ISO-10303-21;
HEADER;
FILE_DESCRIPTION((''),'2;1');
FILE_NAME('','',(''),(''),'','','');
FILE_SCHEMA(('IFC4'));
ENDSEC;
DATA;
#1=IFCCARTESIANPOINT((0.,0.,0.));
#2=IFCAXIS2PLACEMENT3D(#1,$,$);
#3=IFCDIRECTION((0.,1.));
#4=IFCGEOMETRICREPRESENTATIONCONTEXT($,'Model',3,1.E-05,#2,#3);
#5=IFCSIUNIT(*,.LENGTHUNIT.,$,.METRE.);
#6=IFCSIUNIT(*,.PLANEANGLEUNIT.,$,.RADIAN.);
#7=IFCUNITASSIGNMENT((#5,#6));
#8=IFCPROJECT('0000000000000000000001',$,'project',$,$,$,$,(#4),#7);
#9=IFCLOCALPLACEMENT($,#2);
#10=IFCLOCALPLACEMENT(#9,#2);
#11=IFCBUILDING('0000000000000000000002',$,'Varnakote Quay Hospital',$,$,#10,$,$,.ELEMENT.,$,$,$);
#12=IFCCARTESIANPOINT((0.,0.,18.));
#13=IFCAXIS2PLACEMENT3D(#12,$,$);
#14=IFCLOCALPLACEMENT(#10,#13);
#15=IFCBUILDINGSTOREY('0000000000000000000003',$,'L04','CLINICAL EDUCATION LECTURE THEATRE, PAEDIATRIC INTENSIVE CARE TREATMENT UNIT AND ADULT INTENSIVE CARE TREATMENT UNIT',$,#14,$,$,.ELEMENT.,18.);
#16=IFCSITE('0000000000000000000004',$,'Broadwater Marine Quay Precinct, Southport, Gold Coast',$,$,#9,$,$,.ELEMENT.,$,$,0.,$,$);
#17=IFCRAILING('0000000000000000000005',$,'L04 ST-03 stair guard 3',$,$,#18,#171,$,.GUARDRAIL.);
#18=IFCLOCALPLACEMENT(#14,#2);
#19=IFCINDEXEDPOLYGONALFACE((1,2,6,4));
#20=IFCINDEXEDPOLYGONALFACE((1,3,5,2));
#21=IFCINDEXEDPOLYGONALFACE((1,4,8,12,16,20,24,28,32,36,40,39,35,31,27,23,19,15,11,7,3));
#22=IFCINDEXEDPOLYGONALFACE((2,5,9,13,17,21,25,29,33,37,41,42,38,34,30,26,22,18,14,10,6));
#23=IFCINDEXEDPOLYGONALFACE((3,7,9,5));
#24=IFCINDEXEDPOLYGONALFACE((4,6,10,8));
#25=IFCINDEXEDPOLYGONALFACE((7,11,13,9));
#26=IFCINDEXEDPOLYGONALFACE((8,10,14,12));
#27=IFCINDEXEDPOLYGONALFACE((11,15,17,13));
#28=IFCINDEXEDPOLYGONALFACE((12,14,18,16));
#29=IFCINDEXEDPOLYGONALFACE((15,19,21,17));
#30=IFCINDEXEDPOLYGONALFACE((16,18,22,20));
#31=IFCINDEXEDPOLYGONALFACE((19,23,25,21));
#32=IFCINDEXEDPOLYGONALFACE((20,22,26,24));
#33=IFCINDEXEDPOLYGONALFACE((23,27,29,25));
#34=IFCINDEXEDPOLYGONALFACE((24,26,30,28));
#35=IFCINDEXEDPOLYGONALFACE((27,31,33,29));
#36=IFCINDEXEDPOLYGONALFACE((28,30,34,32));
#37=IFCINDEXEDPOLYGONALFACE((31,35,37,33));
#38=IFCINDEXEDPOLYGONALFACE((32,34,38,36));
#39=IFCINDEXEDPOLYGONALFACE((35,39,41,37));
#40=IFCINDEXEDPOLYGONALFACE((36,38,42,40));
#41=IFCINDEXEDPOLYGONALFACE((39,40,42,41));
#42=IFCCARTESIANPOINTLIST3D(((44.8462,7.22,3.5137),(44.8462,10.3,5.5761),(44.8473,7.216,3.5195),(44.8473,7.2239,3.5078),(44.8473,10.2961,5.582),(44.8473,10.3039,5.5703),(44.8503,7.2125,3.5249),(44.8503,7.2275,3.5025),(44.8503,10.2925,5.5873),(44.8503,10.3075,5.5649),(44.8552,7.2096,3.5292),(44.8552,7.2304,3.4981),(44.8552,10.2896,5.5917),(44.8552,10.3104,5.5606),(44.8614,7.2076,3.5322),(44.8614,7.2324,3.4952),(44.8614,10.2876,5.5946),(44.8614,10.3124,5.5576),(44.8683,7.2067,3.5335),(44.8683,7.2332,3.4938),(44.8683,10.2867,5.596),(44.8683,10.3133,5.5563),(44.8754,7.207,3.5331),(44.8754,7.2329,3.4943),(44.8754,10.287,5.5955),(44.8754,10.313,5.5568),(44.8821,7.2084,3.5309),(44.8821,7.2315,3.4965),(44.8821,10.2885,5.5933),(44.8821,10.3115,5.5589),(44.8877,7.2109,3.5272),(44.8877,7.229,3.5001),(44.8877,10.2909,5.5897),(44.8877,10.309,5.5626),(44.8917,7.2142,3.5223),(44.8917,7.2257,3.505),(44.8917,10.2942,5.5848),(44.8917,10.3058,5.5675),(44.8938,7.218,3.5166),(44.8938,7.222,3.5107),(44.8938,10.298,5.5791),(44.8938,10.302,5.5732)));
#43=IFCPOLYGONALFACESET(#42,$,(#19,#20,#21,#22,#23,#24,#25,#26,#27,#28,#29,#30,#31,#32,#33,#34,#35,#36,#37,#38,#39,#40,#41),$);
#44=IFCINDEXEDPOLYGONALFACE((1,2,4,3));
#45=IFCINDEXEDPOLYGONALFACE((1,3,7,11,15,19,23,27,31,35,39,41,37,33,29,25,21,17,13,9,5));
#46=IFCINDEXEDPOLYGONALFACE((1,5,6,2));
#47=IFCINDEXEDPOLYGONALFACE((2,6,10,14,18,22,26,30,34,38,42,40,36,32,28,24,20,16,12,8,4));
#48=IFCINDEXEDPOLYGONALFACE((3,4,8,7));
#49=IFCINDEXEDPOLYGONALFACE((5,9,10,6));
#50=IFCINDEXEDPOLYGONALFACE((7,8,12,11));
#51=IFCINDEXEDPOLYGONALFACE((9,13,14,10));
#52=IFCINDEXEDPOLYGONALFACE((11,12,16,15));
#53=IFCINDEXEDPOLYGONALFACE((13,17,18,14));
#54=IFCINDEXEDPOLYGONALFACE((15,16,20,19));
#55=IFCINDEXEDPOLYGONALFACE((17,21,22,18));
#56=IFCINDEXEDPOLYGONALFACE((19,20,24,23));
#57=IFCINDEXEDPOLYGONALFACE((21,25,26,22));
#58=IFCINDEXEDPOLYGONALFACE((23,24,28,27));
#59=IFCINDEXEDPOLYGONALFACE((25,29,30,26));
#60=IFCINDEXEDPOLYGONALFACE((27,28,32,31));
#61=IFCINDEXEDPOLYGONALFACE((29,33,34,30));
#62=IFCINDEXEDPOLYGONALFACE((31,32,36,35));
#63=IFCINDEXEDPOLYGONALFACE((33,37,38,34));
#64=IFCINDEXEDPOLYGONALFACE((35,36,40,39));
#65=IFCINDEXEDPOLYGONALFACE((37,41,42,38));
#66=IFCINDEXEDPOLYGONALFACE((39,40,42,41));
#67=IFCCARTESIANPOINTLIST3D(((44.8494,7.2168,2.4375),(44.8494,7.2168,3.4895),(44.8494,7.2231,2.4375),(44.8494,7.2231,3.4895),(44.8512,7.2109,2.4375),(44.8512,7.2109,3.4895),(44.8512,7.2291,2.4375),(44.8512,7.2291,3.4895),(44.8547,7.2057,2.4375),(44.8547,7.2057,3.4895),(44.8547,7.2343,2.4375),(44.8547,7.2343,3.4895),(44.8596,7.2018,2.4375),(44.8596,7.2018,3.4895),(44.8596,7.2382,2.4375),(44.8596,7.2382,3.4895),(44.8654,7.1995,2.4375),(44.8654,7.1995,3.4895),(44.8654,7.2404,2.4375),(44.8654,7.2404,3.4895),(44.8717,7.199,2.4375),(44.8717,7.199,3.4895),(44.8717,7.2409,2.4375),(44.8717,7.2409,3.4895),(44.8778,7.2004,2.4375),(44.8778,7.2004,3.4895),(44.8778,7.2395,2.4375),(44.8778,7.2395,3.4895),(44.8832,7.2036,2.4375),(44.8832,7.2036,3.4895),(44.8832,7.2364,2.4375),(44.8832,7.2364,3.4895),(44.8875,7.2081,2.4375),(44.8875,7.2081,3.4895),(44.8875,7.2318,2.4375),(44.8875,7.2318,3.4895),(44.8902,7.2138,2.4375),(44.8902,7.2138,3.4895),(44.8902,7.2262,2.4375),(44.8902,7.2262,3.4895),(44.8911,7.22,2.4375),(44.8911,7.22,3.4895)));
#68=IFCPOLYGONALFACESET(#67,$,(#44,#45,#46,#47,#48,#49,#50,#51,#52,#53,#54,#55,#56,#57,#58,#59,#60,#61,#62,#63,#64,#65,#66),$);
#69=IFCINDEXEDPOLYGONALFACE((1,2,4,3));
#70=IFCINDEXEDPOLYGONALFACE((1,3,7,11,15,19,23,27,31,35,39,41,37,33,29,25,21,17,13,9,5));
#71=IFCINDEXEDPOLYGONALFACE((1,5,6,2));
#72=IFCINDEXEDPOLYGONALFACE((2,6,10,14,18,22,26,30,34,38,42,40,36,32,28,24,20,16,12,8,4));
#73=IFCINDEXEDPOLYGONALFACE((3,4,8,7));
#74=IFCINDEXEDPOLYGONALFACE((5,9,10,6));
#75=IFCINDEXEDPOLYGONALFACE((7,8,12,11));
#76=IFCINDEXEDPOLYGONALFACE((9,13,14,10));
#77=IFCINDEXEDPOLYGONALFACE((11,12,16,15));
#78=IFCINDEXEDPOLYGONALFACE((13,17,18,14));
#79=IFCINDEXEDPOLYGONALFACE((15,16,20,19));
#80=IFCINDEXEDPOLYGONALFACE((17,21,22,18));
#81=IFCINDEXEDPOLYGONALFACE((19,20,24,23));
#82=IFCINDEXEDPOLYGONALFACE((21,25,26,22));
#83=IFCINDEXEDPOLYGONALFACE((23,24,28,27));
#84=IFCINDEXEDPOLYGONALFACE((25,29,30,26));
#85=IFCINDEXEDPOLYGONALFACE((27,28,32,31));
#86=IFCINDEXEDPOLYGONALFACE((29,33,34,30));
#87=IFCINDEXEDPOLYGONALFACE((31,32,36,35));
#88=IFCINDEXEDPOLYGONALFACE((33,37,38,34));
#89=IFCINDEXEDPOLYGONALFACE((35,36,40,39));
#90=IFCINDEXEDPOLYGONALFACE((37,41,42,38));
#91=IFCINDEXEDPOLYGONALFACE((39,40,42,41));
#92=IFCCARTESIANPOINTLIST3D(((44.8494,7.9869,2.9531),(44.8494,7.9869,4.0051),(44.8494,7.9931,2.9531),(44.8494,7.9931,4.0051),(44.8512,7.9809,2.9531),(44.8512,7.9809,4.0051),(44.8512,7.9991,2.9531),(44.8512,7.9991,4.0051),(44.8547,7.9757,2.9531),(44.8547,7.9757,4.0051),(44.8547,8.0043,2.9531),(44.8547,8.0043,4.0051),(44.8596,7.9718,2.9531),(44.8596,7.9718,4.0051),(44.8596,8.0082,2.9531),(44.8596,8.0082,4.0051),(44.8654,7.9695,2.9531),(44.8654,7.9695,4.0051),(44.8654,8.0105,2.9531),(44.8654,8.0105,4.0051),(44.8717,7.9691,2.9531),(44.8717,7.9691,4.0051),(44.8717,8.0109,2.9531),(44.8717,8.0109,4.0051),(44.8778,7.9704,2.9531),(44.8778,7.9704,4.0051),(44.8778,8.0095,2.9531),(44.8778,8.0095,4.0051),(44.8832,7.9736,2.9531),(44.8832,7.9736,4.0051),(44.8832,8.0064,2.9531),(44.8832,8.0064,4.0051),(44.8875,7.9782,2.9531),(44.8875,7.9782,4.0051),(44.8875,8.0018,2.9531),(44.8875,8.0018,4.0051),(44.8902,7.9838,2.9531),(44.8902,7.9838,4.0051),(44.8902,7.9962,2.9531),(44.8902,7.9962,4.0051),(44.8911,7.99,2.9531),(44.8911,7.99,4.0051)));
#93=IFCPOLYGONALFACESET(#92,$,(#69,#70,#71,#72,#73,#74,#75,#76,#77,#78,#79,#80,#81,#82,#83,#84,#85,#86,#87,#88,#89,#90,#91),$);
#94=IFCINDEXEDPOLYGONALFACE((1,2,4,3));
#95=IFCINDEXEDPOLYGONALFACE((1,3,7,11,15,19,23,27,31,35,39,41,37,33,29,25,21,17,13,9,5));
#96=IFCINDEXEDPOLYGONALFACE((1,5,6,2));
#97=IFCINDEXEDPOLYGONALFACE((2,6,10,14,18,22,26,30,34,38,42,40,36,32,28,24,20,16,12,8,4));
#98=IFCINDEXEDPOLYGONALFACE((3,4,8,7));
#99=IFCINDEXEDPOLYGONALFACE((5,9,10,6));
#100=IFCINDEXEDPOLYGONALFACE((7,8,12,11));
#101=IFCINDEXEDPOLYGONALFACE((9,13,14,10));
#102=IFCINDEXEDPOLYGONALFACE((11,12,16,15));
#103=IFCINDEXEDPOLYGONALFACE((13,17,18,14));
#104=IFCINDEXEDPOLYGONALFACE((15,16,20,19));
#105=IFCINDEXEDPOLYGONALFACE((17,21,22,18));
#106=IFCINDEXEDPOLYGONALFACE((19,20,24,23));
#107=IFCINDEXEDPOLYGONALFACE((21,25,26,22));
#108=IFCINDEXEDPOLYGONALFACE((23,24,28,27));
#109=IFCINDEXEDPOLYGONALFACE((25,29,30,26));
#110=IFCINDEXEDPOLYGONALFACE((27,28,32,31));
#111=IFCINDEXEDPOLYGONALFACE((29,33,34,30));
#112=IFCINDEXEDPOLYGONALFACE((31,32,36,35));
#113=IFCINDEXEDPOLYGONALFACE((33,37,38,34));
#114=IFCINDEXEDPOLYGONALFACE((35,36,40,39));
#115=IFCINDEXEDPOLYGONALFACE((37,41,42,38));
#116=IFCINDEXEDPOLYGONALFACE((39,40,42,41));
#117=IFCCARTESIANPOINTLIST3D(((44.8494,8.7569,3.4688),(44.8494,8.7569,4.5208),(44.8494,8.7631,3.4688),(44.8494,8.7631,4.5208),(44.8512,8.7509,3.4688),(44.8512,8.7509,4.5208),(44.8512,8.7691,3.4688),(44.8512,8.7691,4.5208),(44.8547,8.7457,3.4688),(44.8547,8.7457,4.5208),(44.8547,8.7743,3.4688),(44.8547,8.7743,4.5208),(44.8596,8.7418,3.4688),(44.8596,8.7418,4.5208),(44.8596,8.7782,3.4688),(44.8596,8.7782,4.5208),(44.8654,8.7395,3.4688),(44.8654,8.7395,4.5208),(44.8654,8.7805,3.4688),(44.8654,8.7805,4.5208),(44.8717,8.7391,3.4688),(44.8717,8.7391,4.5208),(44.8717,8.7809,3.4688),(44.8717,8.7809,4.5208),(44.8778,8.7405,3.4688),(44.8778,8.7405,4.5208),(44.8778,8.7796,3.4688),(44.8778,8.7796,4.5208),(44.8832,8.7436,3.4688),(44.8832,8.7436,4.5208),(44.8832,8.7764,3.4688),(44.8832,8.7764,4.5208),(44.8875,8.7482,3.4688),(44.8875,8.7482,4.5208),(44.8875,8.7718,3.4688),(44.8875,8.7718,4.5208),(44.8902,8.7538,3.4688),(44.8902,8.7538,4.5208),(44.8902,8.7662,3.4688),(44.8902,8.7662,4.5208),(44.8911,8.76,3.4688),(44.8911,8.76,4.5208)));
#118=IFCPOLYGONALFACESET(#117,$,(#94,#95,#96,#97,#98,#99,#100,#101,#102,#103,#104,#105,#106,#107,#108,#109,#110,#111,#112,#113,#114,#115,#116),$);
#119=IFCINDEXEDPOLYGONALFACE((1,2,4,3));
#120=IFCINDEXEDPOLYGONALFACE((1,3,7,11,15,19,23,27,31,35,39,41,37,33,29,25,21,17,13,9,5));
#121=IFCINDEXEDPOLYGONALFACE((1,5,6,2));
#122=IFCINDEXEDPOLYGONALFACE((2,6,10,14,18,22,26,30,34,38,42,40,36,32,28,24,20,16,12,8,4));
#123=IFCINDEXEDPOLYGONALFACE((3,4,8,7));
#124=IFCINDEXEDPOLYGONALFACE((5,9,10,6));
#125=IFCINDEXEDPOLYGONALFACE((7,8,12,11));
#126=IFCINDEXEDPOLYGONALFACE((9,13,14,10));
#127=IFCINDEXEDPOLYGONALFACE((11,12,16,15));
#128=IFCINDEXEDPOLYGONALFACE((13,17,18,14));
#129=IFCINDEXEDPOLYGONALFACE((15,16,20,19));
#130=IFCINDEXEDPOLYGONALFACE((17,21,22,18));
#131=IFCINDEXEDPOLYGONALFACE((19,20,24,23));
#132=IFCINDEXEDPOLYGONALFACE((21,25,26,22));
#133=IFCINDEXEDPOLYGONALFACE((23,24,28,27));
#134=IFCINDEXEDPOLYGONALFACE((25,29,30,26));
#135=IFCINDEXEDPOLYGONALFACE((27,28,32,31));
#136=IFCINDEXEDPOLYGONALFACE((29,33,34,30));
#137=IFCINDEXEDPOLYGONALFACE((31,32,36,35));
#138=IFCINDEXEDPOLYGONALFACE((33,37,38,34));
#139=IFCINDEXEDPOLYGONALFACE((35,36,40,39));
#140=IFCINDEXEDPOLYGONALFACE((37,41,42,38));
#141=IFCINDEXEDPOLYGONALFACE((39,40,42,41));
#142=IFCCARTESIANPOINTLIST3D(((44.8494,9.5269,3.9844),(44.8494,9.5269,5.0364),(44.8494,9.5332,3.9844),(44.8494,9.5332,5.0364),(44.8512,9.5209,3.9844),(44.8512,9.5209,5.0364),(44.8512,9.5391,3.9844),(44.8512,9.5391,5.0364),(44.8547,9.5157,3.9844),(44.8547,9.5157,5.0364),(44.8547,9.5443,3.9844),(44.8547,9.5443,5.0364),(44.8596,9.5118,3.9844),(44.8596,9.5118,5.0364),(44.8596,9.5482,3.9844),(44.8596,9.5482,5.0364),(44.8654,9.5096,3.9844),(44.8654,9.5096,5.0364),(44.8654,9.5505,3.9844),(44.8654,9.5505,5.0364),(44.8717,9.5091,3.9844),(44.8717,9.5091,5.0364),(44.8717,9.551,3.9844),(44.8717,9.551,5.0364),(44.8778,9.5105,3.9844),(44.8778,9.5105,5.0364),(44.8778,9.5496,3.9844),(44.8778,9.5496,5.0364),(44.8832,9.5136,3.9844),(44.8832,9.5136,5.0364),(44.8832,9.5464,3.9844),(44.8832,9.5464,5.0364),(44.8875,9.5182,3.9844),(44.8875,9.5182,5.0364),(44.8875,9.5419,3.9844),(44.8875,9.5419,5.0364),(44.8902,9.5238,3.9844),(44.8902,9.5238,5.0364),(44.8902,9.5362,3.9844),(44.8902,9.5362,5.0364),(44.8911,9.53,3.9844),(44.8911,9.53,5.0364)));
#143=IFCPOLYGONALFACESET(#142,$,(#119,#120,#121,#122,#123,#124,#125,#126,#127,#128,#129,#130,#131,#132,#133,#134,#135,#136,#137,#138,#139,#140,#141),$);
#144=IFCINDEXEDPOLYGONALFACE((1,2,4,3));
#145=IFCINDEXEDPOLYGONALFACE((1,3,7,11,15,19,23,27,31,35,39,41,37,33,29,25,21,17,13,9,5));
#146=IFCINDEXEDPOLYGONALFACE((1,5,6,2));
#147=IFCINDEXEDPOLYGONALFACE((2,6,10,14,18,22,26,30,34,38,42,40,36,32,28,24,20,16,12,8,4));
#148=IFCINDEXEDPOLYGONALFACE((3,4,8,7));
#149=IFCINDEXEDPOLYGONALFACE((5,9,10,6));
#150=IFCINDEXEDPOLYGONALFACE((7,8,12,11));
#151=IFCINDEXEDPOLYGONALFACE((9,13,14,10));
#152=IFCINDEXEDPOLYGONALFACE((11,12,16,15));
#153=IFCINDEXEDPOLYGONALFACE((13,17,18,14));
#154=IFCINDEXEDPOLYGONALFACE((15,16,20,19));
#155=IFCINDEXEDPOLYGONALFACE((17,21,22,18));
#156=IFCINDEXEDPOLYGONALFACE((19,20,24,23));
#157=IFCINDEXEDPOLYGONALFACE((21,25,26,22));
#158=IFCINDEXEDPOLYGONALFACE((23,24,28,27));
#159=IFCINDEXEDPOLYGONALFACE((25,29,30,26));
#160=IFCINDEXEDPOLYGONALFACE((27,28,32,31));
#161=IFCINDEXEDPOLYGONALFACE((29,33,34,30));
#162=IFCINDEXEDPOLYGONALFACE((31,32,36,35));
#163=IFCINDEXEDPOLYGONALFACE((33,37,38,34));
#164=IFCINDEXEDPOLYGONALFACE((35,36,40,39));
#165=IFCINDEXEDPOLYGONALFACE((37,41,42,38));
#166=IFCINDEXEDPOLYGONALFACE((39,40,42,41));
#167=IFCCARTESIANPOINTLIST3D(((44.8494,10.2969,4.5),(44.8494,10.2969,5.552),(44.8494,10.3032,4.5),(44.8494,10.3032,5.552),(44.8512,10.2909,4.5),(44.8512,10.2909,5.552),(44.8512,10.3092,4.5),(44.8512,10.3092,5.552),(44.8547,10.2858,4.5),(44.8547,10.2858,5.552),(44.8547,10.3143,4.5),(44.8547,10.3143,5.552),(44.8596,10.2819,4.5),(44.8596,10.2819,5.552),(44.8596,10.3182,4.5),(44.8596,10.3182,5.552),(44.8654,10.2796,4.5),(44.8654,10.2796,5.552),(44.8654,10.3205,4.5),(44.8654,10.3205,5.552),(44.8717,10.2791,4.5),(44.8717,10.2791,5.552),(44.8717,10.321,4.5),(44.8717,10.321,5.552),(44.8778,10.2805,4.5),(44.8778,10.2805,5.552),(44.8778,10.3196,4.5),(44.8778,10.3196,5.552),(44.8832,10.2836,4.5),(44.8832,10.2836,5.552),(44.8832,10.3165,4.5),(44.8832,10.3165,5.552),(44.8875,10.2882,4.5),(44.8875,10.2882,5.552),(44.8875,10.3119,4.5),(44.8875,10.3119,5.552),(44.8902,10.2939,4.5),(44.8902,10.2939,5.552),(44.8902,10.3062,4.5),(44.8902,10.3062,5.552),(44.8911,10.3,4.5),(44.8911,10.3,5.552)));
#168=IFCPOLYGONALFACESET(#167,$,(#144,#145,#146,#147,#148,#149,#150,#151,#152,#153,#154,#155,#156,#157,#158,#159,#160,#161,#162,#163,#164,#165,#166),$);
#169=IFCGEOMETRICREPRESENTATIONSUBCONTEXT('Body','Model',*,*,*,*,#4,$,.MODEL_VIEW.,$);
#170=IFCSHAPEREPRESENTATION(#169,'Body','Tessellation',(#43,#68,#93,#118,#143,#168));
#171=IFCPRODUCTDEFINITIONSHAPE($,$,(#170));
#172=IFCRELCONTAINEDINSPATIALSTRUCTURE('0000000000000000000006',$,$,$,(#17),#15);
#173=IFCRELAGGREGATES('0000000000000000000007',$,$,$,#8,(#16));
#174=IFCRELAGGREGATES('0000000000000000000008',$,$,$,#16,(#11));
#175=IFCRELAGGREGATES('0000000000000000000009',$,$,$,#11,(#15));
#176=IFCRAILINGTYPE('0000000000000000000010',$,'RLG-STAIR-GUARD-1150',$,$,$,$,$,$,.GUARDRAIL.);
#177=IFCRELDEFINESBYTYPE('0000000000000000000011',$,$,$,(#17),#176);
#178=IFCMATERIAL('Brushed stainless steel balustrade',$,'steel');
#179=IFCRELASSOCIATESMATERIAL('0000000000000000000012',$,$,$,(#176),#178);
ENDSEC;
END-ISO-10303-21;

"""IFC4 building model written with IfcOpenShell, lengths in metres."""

from ifc_helpers import new_model, si_unit, direction, frame, origin, origin_2d, place, context, subcontext, project, spatial, circle, extrude, material, type_object, element, save


model = new_model("IFC4")

# Units and contexts
model_context = context("Model", 3, precision=1e-05, world=origin(), true_north=direction((0.0, 1.0)))
body_context = subcontext(model_context, "Body", "Model", "MODEL_VIEW")
ifc_project = project(units=[si_unit("LENGTHUNIT", "METRE"), si_unit("PLANEANGLEUNIT", "RADIAN")], contexts=[model_context])

# Site, building, storey
site_placement = place(None, origin())
site = spatial("IfcSite", under=ifc_project, at=site_placement, Name="Broadwater Marine Quay Precinct, Southport, Gold Coast", CompositionType="ELEMENT", RefElevation=0.0)
building_placement = place(site_placement, origin())
building = spatial("IfcBuilding", under=site, at=building_placement, Name="Varnakote Quay Hospital", CompositionType="ELEMENT")
storey_placement = place(building_placement, frame((0.0, 0.0, 18.0)))
storey = spatial("IfcBuildingStorey", under=building, at=storey_placement, Name="L04", Description="CLINICAL EDUCATION LECTURE THEATRE, PAEDIATRIC INTENSIVE CARE TREATMENT UNIT AND ADULT INTENSIVE CARE TREATMENT UNIT", CompositionType="ELEMENT", Elevation=18.0)

# Railing
ifc_material_1 = material(Name="Brushed stainless steel balustrade", Category="steel")
railing_type_1 = type_object("IfcRailingType", Name="RLG-STAIR-GUARD-1150", PredefinedType="GUARDRAIL", material=ifc_material_1)
railing_1_placement = place(storey_placement, frame((44.8701, 7.22, 2.4375)))
element("IfcRailing", 1, at=railing_1_placement, inside=storey, type_object=railing_type_1, Name="L04 ST-03 stair guard 3", PredefinedType="GUARDRAIL", context=body_context, shape_type="SweptSolid", body=[
    extrude(circle(Radius=0.0239, at=origin_2d()), frame((0.0, 0.0, 1.0762), z_axis=(0.0, 0.830914, 0.556401), x_axis=(-1.0, 0.0, 0.0)), (0.0, 0.0, 1.0), 3.7068),
    extrude(circle(Radius=0.021, at=origin_2d()), origin(), (0.0, 0.0, 1.0), 1.052),
    extrude(circle(Radius=0.021, at=origin_2d()), frame((0.0, 0.77, 0.5156)), (0.0, 0.0, 1.0), 1.052),
    extrude(circle(Radius=0.021, at=origin_2d()), frame((0.0, 1.54, 1.0312)), (0.0, 0.0, 1.0), 1.052),
    extrude(circle(Radius=0.021, at=origin_2d()), frame((0.0, 2.3101, 1.5469)), (0.0, 0.0, 1.0), 1.052),
    extrude(circle(Radius=0.021, at=origin_2d()), frame((0.0, 3.0801, 2.0625)), (0.0, 0.0, 1.0), 1.052),
])

save(model, "model.ifc")
